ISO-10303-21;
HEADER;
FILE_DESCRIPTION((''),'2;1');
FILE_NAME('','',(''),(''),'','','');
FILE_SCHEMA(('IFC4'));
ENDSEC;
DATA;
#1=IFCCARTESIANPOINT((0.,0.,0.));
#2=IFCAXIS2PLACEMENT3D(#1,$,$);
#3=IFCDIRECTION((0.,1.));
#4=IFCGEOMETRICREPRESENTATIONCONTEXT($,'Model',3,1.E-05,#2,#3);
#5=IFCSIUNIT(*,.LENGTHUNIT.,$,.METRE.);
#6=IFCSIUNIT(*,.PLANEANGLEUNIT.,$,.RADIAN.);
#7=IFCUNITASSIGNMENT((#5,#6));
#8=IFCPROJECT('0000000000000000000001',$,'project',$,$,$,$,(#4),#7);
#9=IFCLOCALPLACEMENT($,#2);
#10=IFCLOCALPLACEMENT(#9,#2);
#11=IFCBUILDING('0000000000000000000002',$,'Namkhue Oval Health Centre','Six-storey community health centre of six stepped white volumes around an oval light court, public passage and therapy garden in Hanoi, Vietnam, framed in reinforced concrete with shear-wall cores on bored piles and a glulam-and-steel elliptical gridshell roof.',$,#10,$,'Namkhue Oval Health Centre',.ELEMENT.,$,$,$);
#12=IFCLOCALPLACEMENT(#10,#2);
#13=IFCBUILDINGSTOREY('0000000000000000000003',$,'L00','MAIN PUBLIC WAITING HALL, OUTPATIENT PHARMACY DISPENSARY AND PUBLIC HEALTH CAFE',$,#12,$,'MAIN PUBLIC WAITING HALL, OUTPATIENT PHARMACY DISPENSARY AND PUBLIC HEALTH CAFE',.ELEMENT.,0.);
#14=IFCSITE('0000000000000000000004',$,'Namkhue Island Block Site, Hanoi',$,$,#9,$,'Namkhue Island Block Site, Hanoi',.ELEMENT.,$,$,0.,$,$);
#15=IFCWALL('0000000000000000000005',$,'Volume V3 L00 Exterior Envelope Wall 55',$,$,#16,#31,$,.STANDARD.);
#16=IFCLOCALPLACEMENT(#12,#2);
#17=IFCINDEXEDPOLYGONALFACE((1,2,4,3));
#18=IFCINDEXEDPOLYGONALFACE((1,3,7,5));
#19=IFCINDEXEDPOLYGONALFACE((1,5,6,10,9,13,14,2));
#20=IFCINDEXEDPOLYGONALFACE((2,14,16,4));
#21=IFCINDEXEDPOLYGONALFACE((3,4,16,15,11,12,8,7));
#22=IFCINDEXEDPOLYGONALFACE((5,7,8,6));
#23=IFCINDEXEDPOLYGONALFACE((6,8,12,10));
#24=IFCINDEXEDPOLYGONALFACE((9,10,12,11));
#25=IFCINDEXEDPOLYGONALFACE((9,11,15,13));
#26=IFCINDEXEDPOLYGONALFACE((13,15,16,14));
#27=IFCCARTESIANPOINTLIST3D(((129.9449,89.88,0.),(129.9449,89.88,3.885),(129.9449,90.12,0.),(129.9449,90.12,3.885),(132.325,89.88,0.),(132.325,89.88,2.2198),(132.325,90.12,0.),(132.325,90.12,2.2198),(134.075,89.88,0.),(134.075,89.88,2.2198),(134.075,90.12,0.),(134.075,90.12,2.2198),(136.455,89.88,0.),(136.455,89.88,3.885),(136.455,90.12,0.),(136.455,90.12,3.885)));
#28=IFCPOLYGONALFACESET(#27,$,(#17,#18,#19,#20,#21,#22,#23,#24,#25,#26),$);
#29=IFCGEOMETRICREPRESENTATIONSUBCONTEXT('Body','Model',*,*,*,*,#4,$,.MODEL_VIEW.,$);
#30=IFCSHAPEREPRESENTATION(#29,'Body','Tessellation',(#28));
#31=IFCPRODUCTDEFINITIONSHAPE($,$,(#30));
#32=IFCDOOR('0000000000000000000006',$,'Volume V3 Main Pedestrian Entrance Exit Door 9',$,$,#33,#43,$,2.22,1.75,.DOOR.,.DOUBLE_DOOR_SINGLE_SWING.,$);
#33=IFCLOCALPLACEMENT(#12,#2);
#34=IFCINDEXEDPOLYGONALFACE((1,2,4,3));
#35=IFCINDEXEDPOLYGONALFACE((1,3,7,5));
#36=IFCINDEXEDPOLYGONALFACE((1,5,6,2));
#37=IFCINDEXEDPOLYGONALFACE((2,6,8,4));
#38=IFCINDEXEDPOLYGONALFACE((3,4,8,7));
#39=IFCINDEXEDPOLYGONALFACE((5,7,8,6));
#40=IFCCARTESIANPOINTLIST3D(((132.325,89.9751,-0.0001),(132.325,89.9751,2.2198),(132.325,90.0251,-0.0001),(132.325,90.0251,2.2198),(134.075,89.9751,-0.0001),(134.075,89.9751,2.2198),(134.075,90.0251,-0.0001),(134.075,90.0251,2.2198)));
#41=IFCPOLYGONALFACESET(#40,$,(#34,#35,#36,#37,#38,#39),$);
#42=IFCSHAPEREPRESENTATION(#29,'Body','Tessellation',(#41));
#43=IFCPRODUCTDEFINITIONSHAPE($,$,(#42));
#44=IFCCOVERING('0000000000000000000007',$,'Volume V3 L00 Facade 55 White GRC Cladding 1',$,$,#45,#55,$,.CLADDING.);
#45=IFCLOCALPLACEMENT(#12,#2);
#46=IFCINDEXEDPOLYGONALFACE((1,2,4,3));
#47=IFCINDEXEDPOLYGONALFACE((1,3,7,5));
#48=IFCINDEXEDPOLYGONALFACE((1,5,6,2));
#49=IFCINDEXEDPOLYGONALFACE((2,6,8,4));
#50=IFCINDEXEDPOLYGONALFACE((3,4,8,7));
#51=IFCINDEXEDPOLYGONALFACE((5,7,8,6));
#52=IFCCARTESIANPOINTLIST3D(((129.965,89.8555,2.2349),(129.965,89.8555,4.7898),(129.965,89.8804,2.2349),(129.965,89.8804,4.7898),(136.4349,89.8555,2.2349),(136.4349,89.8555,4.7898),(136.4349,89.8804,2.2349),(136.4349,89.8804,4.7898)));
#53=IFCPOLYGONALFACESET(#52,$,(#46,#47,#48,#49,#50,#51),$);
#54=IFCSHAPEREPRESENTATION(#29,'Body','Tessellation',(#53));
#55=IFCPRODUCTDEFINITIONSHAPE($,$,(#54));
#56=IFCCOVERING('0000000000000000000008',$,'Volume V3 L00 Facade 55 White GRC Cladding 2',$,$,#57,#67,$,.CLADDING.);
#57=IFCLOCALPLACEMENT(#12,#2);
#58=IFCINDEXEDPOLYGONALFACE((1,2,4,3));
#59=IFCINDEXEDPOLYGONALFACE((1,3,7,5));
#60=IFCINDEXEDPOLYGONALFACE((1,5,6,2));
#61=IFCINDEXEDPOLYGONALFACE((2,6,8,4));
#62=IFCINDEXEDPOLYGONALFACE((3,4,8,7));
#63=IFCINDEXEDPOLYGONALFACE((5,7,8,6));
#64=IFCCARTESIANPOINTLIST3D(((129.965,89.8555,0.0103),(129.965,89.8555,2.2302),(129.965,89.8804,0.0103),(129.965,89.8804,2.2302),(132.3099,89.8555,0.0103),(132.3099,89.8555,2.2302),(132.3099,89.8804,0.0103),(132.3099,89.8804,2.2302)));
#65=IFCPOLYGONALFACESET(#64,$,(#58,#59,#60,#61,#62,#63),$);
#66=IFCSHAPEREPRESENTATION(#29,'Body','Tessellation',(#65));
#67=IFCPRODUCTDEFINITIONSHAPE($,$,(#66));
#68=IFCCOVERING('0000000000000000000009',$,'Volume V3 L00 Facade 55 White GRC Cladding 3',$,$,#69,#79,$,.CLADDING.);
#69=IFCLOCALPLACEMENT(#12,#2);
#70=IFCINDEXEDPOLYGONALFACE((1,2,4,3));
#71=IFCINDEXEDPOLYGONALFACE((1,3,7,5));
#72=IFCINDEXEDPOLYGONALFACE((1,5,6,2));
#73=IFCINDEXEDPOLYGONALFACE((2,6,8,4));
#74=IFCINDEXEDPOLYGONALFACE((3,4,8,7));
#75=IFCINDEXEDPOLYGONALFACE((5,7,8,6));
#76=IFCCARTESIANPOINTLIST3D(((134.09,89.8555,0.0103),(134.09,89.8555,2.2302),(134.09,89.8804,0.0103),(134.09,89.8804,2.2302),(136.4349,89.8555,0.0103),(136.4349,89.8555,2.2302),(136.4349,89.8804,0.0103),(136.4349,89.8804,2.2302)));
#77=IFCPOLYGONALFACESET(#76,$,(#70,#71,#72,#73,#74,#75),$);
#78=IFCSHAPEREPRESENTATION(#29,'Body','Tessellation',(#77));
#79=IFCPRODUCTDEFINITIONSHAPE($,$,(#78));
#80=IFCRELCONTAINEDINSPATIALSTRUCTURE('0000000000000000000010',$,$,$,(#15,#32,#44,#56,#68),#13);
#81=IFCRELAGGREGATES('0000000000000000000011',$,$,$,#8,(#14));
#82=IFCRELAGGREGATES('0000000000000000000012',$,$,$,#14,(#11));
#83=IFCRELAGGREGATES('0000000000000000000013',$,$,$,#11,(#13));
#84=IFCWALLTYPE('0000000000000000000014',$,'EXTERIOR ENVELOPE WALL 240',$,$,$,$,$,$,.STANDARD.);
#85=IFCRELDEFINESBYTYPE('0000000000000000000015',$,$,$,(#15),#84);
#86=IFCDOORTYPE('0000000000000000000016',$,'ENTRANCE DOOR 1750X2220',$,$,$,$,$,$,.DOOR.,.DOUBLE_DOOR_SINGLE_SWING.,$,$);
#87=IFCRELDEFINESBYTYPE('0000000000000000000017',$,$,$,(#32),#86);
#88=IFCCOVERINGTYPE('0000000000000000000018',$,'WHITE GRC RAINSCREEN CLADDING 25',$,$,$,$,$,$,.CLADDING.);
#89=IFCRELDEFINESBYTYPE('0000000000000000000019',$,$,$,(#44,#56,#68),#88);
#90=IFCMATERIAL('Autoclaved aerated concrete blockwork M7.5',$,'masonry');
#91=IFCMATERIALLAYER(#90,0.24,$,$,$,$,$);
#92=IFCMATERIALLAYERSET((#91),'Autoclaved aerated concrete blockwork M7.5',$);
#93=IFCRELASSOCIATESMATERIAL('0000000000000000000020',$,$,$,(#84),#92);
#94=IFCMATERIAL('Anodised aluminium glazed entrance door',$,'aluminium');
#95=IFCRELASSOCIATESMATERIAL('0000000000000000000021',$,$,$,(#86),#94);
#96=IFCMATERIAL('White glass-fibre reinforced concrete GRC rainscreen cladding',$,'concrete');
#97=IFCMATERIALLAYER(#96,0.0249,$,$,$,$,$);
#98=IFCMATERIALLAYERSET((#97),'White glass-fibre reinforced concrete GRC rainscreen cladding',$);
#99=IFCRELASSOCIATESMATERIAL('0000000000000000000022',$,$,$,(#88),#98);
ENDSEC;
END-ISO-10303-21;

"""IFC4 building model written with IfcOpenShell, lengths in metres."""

from ifc_helpers import new_model, si_unit, direction, frame, frame_2d, origin, origin_2d, place, context, subcontext, project, spatial, rectangle, extrude, material, layer, layer_set, type_object, element, fill, save


model = new_model("IFC4")

# Units and contexts
model_context = context("Model", 3, precision=1e-05, world=origin(), true_north=direction((0.0, 1.0)))
body_context = subcontext(model_context, "Body", "Model", "MODEL_VIEW")
ifc_project = project(units=[si_unit("LENGTHUNIT", "METRE"), si_unit("PLANEANGLEUNIT", "RADIAN")], contexts=[model_context])

# Site, building, storey
site_placement = place(None, origin())
site = spatial("IfcSite", under=ifc_project, at=site_placement, Name="Namkhue Island Block Site, Hanoi", LongName="Namkhue Island Block Site, Hanoi", CompositionType="ELEMENT", RefElevation=0.0)
building_placement = place(site_placement, origin())
building = spatial("IfcBuilding", under=site, at=building_placement, Name="Namkhue Oval Health Centre", Description="Six-storey community health centre of six stepped white volumes around an oval light court, public passage and therapy garden in Hanoi, Vietnam, framed in reinforced concrete with shear-wall cores on bored piles and a glulam-and-steel elliptical gridshell roof.", LongName="Namkhue Oval Health Centre", CompositionType="ELEMENT")
storey_placement = place(building_placement, origin())
storey = spatial("IfcBuildingStorey", under=building, at=storey_placement, Name="L00", Description="MAIN PUBLIC WAITING HALL, OUTPATIENT PHARMACY DISPENSARY AND PUBLIC HEALTH CAFE", LongName="MAIN PUBLIC WAITING HALL, OUTPATIENT PHARMACY DISPENSARY AND PUBLIC HEALTH CAFE", CompositionType="ELEMENT", Elevation=0.0)

# Wall, opening, door
ifc_material_1 = material(Name="Autoclaved aerated concrete blockwork M7.5", Category="masonry")
ifc_layer_1 = layer(ifc_material_1, 0.24)
ifc_layer_set_1 = layer_set([ifc_layer_1], Name="Autoclaved aerated concrete blockwork M7.5")
wall_type = type_object("IfcWallType", Name="EXTERIOR ENVELOPE WALL 240", PredefinedType="STANDARD", material=ifc_layer_set_1)
wall_placement = place(storey_placement, frame((129.9451, 90.0, 0.0), z_axis=(0.0, 0.0, 1.0), x_axis=(1.0, 0.0, 0.0)))
wall = element("IfcWall", 1, at=wall_placement, inside=storey, type_object=wall_type, Name="Volume V3 L00 Exterior Envelope Wall 55", PredefinedType="STANDARD", context=body_context, shape_type="SweptSolid", body=[
    extrude(rectangle(XDim=6.51, YDim=0.24, at=frame_2d((3.2549, 0.0))), origin(), (0.0, 0.0, 1.0), 3.885),
])
opening_placement = place(wall_placement, frame((2.3799, 0.0, 0.0)))
opening = element("IfcOpeningElement", 2, at=opening_placement, cuts=wall, PredefinedType="OPENING", context=body_context, shape_type="SweptSolid", body=[
    extrude(rectangle(XDim=1.75, YDim=2.22, at=frame_2d((0.875, 1.1099))), frame((0.0, 0.1299, 0.0), z_axis=(0.0, -1.0, 0.0), x_axis=(1.0, 0.0, 0.0)), (0.0, 0.0, 1.0), 0.26),
])
ifc_material_2 = material(Name="Anodised aluminium glazed entrance door", Category="aluminium")
door_type = type_object("IfcDoorType", Name="ENTRANCE DOOR 1750X2220", OperationType="DOUBLE_DOOR_SINGLE_SWING", PredefinedType="DOOR", material=ifc_material_2)
door_placement = place(opening_placement, frame((1.75, 0.0, 0.0), z_axis=(0.0, 0.0, 1.0), x_axis=(-1.0, 0.0, 0.0)))
door = element("IfcDoor", 3, at=door_placement, inside=storey, type_object=door_type, Name="Volume V3 Main Pedestrian Entrance Exit Door 9", OperationType="DOUBLE_DOOR_SINGLE_SWING", OverallHeight=2.22, OverallWidth=1.75, PredefinedType="DOOR", context=body_context, shape_type="SweptSolid", body=[
    extrude(rectangle(XDim=1.75, YDim=2.22, at=frame_2d((0.875, 1.1099))), frame((0.0, 0.0249, 0.0), z_axis=(0.0, -1.0, 0.0), x_axis=(1.0, 0.0, 0.0)), (0.0, 0.0, 1.0), 0.05),
])
fill(opening, door)

# Coverings
ifc_material_3 = material(Name="White glass-fibre reinforced concrete GRC rainscreen cladding", Category="concrete")
ifc_layer_2 = layer(ifc_material_3, 0.0249)
ifc_layer_set_2 = layer_set([ifc_layer_2], Name="White glass-fibre reinforced concrete GRC rainscreen cladding")
covering_type = type_object("IfcCoveringType", Name="WHITE GRC RAINSCREEN CLADDING 25", PredefinedType="CLADDING", material=ifc_layer_set_2)
covering_placement = place(storey_placement, frame((133.2, 89.8679, 2.2349), z_axis=(0.0, 0.0, 1.0), x_axis=(1.0, 0.0, 0.0)))
element("IfcCovering", 4, at=covering_placement, inside=storey, type_object=covering_type, Name="Volume V3 L00 Facade 55 White GRC Cladding 1", PredefinedType="CLADDING", context=body_context, shape_type="SweptSolid", body=[
    extrude(rectangle(XDim=6.47, YDim=0.0249, at=origin_2d()), origin(), (0.0, 0.0, 1.0), 2.5549),
])
for number, where, z_axis, x_axis, name in (
    (5, (131.1375, 89.8679, 0.0103), (0.0, 0.0, 1.0), (1.0, 0.0, 0.0), "Volume V3 L00 Facade 55 White GRC Cladding 2"),
    (6, (135.2625, 89.8679, 0.0103), (0.0, 0.0, 1.0), (1.0, 0.0, 0.0), "Volume V3 L00 Facade 55 White GRC Cladding 3"),
):
    element("IfcCovering", number, at=place(storey_placement, frame(where, z_axis=z_axis, x_axis=x_axis)), inside=storey, type_object=covering_type, Name=name, PredefinedType="CLADDING", context=body_context, shape_type="SweptSolid", body=[
        extrude(rectangle(XDim=2.345, YDim=0.0249, at=origin_2d()), origin(), (0.0, 0.0, 1.0), 2.22),
    ])

save(model, "model.ifc")
